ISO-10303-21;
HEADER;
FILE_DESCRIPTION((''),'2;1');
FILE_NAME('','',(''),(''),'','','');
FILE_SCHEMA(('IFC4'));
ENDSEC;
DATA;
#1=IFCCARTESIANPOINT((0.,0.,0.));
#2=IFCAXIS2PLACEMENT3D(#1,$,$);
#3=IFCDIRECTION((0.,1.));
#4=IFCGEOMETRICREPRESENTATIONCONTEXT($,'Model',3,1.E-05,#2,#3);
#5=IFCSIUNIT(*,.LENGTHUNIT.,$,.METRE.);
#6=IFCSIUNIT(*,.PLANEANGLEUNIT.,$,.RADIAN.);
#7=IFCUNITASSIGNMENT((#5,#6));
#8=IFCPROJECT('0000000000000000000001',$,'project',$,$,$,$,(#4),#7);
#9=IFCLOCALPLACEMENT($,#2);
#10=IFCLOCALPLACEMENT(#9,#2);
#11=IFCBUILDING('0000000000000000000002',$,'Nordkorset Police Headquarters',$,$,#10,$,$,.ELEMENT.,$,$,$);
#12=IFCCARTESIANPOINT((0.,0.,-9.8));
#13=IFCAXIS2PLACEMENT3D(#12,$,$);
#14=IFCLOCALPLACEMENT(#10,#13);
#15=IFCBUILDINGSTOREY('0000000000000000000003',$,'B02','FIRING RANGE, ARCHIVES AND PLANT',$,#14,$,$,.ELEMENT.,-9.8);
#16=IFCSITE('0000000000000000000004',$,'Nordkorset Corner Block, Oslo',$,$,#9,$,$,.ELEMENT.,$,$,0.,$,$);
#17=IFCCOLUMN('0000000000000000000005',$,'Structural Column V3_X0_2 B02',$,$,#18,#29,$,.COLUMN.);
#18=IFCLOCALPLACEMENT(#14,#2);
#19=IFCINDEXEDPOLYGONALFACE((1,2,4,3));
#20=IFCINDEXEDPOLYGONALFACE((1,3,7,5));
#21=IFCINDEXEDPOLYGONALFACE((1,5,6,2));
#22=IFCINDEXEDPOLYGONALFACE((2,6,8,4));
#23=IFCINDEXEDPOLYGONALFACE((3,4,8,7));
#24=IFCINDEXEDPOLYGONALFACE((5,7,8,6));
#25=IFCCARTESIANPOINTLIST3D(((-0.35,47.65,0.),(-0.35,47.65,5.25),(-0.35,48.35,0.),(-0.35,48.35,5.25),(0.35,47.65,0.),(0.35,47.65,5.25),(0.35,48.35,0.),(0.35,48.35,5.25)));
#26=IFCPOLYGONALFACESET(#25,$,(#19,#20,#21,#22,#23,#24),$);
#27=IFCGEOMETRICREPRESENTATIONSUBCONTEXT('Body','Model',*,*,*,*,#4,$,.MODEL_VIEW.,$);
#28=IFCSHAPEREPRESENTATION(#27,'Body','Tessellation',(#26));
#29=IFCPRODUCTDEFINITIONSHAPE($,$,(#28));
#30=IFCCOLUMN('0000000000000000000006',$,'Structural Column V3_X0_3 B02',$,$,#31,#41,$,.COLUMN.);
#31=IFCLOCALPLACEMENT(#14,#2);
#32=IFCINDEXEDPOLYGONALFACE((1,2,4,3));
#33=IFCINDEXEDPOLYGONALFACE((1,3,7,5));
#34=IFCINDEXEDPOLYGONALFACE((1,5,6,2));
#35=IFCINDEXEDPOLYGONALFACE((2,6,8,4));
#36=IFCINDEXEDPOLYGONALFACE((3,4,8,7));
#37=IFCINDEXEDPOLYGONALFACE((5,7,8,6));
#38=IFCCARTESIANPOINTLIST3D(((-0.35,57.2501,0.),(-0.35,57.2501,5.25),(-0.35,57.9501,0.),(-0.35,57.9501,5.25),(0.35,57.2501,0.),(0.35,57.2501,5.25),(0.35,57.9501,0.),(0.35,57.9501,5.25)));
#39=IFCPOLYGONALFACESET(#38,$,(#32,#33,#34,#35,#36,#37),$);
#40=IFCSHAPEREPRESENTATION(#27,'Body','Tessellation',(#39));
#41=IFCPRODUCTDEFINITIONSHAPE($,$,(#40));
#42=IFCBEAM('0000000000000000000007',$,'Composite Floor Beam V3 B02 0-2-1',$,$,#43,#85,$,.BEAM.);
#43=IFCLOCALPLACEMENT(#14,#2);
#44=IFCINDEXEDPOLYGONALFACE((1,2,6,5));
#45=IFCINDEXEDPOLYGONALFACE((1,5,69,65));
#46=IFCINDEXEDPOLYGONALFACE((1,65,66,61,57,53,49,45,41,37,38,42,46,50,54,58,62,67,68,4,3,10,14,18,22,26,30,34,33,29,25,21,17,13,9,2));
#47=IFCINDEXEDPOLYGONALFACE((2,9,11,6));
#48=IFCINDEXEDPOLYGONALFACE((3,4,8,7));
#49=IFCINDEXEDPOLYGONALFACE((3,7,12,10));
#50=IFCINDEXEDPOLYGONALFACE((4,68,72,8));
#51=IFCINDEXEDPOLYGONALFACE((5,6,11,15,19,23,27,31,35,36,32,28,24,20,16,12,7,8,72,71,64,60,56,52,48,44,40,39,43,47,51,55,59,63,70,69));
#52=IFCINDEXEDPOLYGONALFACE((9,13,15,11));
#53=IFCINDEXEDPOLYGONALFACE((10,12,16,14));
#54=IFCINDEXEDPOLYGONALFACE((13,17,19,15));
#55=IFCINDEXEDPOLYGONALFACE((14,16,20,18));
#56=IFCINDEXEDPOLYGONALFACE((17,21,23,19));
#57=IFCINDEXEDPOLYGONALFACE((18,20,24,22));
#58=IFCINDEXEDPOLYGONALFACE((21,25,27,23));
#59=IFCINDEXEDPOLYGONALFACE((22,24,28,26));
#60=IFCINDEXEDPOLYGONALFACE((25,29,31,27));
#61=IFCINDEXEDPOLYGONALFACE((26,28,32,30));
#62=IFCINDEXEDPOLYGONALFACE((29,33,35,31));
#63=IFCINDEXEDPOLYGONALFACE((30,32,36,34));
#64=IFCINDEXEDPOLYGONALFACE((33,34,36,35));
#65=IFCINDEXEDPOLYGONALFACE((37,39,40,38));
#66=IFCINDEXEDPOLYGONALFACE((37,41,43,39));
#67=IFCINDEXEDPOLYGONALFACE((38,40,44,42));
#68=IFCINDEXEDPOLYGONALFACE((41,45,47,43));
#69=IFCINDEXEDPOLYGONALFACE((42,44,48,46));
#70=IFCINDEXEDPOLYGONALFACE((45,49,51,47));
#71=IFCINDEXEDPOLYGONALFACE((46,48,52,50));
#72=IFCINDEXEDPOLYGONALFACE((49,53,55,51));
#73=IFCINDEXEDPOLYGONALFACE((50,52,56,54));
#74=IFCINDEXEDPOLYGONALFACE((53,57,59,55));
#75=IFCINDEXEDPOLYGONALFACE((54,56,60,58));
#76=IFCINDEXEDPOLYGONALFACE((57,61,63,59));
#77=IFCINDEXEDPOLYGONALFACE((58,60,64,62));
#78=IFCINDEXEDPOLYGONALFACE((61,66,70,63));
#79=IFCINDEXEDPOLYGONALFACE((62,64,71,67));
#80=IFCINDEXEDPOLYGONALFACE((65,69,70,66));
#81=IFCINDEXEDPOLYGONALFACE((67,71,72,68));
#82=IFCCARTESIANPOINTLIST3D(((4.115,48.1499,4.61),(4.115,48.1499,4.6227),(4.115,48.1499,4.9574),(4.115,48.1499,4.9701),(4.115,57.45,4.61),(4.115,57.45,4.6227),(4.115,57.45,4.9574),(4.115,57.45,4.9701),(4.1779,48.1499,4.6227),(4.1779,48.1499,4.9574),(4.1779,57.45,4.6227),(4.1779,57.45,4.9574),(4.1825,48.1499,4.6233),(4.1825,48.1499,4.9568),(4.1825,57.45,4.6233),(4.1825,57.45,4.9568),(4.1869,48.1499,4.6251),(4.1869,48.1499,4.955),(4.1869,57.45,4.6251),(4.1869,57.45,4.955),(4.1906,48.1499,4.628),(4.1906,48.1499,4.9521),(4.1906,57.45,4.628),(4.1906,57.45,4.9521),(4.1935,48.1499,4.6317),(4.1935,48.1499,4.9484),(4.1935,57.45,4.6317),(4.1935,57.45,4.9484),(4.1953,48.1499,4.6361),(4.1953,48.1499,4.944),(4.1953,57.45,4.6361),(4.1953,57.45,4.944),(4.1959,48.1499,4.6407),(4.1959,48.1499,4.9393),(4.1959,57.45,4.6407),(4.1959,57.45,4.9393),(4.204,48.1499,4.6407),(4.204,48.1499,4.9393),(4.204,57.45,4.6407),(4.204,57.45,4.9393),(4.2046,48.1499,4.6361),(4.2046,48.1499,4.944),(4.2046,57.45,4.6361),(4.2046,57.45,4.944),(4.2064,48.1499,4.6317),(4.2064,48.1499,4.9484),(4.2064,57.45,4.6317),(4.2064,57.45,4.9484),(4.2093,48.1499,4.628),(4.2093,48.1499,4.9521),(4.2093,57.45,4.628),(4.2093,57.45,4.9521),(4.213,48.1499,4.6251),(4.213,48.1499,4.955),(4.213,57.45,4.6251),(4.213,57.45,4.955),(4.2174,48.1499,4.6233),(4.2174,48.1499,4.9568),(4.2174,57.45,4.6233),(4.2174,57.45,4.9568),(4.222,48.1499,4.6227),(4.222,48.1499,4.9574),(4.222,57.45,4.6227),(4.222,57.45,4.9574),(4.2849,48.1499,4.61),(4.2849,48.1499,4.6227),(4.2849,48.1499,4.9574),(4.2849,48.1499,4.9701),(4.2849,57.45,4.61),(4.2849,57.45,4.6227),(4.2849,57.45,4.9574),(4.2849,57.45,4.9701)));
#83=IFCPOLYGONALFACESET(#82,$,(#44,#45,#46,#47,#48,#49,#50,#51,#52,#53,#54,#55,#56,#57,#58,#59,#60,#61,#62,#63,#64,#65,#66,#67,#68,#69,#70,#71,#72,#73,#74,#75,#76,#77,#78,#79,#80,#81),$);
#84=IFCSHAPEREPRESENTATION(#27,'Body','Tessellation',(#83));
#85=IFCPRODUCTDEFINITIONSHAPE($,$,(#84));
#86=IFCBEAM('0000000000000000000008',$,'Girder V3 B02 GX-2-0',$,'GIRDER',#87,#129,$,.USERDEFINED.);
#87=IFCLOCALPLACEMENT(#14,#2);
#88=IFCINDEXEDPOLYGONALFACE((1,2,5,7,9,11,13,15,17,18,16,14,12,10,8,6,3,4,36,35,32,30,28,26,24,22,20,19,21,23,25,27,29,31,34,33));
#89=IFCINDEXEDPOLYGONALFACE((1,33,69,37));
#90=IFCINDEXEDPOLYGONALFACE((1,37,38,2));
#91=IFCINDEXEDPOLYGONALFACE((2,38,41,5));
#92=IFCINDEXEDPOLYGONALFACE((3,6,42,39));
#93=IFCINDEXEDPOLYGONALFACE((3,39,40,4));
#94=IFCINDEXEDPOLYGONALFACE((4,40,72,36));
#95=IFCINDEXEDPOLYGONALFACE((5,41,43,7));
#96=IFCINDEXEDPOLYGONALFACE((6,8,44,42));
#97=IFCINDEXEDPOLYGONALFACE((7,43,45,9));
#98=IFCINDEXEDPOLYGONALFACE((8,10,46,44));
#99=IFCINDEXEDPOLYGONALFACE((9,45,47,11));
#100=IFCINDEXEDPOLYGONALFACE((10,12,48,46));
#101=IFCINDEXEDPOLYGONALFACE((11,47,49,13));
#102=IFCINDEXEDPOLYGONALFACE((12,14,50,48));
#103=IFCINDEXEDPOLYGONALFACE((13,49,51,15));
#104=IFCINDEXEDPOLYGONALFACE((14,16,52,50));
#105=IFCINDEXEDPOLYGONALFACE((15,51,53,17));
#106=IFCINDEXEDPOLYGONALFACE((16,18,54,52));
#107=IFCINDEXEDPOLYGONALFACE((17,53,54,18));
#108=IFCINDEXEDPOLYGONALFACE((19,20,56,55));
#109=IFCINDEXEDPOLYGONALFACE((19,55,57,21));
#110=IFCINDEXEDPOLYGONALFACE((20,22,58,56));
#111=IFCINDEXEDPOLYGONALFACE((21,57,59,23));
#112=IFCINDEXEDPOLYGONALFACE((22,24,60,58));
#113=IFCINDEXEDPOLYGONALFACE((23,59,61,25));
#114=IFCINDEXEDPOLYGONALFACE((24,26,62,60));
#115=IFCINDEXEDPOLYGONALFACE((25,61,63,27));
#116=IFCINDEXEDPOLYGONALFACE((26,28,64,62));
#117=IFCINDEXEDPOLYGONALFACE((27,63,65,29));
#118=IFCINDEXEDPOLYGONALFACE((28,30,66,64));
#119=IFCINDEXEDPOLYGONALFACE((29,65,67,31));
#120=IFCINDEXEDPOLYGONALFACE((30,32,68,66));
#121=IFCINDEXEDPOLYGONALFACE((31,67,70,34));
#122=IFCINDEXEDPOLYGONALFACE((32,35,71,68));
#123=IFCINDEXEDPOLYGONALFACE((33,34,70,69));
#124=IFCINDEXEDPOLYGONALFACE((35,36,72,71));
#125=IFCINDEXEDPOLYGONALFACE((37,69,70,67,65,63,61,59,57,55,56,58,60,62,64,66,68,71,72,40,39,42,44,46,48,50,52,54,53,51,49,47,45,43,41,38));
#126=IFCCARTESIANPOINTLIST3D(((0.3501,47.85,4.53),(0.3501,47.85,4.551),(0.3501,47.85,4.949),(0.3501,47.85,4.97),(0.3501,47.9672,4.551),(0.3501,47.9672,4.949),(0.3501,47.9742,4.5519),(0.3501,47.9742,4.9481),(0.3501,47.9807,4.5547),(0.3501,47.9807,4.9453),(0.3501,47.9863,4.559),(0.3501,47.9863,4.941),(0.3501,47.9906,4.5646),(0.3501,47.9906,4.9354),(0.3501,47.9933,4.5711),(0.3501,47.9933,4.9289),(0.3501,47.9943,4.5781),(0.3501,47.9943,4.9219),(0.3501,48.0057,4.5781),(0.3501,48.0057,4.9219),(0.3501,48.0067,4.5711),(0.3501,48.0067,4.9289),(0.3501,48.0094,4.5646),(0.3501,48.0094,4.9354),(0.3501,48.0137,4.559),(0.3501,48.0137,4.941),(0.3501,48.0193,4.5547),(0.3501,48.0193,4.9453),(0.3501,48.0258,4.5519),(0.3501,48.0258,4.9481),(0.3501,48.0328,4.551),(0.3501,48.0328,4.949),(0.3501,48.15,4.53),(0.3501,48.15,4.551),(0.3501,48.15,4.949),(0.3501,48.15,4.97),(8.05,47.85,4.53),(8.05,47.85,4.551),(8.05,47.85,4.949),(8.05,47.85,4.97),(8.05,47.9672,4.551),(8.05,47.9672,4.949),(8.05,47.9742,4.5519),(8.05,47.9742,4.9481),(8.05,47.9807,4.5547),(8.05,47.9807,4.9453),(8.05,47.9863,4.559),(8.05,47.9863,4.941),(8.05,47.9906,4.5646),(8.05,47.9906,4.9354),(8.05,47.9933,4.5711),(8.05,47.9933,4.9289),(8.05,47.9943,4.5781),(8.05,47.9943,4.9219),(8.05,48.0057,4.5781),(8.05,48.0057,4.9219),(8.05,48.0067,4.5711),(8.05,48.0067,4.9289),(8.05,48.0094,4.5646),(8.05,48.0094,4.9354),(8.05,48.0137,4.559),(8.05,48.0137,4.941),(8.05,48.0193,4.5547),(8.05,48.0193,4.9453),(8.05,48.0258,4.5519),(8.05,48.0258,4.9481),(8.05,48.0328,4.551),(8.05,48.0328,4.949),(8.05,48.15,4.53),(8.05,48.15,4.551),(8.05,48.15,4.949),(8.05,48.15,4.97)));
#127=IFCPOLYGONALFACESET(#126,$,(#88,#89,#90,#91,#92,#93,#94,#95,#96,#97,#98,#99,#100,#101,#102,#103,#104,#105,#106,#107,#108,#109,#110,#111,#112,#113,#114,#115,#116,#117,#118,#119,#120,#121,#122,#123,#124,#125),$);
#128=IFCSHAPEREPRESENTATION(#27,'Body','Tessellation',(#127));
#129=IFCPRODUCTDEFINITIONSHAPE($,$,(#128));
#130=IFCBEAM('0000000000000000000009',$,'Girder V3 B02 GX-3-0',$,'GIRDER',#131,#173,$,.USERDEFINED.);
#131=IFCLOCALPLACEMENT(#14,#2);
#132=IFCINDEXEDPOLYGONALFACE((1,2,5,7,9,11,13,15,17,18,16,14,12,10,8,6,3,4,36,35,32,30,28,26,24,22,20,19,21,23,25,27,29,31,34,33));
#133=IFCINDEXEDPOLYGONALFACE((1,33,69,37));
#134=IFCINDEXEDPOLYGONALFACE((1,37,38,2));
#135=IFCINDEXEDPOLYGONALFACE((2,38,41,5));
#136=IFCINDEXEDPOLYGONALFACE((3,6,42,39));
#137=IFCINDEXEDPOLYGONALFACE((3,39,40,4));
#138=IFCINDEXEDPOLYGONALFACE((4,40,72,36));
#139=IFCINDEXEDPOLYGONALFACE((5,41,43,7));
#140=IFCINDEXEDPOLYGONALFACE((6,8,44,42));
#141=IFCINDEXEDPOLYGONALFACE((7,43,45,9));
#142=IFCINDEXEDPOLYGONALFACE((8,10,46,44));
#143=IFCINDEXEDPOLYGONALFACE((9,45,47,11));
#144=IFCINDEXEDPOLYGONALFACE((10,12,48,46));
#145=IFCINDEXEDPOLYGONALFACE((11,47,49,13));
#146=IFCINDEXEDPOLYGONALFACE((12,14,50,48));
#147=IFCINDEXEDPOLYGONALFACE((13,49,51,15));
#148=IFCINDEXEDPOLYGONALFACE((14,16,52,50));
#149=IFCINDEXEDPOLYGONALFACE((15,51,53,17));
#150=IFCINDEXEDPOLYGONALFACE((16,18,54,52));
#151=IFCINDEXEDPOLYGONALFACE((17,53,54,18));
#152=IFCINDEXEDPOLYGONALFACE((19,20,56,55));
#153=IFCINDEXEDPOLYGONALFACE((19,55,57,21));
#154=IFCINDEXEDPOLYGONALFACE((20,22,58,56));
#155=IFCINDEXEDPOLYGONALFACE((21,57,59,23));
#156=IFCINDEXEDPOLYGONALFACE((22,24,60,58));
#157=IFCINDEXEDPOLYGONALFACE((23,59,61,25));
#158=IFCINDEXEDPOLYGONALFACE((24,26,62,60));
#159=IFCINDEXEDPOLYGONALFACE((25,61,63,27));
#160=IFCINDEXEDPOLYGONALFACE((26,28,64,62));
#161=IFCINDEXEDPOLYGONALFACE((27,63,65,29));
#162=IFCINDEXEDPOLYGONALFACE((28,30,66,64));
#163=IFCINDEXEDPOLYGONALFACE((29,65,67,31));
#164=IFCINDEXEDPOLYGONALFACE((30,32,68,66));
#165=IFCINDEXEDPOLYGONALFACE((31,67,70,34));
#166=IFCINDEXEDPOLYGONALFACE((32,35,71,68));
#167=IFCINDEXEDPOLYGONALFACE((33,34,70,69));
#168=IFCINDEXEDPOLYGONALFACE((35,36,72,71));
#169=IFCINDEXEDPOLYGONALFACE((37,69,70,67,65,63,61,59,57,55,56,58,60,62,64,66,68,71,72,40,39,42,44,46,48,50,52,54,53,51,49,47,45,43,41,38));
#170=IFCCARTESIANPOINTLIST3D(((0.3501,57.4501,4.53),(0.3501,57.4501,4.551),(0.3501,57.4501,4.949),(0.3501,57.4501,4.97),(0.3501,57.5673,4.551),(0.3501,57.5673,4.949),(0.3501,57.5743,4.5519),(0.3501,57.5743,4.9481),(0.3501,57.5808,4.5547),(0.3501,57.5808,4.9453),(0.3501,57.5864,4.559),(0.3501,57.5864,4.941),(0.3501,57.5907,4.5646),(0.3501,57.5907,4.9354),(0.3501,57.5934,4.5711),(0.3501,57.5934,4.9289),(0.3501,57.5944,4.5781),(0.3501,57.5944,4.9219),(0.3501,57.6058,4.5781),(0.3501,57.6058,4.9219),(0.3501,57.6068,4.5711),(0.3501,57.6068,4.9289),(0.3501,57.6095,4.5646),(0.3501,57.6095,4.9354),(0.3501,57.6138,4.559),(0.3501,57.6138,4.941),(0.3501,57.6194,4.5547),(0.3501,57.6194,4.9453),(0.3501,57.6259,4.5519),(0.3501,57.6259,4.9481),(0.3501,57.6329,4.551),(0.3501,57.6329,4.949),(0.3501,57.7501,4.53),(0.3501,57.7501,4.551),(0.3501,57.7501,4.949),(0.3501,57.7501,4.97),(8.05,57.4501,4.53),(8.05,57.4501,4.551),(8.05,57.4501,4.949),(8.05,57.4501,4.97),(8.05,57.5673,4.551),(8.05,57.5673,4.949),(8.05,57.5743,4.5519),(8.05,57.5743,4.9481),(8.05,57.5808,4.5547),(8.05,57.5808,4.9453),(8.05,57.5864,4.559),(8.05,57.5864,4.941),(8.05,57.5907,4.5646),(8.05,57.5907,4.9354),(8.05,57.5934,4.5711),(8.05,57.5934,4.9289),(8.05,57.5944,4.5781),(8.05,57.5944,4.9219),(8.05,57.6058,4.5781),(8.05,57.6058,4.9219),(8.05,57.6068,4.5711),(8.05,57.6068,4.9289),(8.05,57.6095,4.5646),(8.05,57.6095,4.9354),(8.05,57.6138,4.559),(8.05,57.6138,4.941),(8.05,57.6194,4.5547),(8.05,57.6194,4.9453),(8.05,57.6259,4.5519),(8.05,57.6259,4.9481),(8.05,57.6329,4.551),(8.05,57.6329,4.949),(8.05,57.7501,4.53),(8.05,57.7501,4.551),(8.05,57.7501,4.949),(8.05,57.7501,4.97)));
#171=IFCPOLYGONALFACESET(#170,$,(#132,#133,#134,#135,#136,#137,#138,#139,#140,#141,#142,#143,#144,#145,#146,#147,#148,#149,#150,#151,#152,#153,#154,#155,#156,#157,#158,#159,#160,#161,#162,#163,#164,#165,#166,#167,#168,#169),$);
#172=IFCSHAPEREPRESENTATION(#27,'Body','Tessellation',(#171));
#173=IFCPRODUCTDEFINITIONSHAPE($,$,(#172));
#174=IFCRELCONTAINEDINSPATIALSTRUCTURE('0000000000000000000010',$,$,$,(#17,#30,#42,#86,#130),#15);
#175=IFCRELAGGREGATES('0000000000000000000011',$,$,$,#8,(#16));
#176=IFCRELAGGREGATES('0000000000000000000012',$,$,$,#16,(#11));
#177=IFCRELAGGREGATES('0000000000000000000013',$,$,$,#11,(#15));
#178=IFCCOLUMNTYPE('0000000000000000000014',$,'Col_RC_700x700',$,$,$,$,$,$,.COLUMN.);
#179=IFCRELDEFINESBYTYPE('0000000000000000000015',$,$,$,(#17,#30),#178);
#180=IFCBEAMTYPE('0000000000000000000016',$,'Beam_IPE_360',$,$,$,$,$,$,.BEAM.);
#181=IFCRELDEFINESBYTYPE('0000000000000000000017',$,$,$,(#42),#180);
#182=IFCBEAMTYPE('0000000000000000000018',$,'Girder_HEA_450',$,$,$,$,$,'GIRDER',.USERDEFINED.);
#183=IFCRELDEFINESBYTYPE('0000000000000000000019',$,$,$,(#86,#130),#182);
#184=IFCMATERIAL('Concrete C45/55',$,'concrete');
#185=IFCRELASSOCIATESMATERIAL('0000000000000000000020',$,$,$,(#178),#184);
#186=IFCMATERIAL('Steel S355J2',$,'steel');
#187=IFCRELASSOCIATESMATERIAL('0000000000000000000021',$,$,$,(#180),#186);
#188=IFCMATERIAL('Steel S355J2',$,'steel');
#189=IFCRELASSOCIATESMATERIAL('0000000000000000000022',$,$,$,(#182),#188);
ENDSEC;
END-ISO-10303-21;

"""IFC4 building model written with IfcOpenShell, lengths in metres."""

from ifc_helpers import new_model, si_unit, direction, frame, origin, origin_2d, place, context, subcontext, project, spatial, rectangle, i_section, extrude, material, material_profile, profile_set, type_object, element, save


model = new_model("IFC4")

# Units and contexts
model_context = context("Model", 3, precision=1e-05, world=origin(), true_north=direction((0.0, 1.0)))
body_context = subcontext(model_context, "Body", "Model", "MODEL_VIEW")
ifc_project = project(units=[si_unit("LENGTHUNIT", "METRE"), si_unit("PLANEANGLEUNIT", "RADIAN")], contexts=[model_context])

# Site, building, storey
site_placement = place(None, origin())
site = spatial("IfcSite", under=ifc_project, at=site_placement, Name="Nordkorset Corner Block, Oslo", CompositionType="ELEMENT", RefElevation=0.0)
building_placement = place(site_placement, origin())
building = spatial("IfcBuilding", under=site, at=building_placement, Name="Nordkorset Police Headquarters", CompositionType="ELEMENT")
storey_placement = place(building_placement, frame((0.0, 0.0, -9.8)))
storey = spatial("IfcBuildingStorey", under=building, at=storey_placement, Name="B02", Description="FIRING RANGE, ARCHIVES AND PLANT", CompositionType="ELEMENT", Elevation=-9.8)

# Columns
ifc_material_1 = material(Name="Concrete C45/55", Category="concrete")
ifc_material_profile_1 = material_profile(ifc_material_1, rectangle(XDim=0.7, YDim=0.7, at=origin_2d()), Name="RC 700x700")
ifc_profile_set_1 = profile_set([ifc_material_profile_1], Name="Concrete C45/55")
column_type = type_object("IfcColumnType", Name="Col_RC_700x700", PredefinedType="COLUMN", material=ifc_profile_set_1)
for number, where, z_axis, x_axis, name in (
    (1, (0.0, 48.0, 0.0), (0.0, 0.0, 1.0), (1.0, 0.0, 0.0), "Structural Column V3_X0_2 B02"),
    (2, (0.0, 57.6001, 0.0), (0.0, 0.0, 1.0), (1.0, 0.0, 0.0), "Structural Column V3_X0_3 B02"),
):
    element("IfcColumn", number, at=place(storey_placement, frame(where, z_axis=z_axis, x_axis=x_axis)), inside=storey, type_object=column_type, Name=name, PredefinedType="COLUMN", context=body_context, shape_type="SweptSolid", body=[
        extrude(rectangle(XDim=0.7, YDim=0.7, at=origin_2d()), origin(), (0.0, 0.0, 1.0), 5.25),
    ])

# Beams
ifc_material_2 = material(Name="Steel S355J2", Category="steel")
ifc_material_profile_2 = material_profile(ifc_material_2, i_section(OverallWidth=0.1699, OverallDepth=0.3601, WebThickness=0.0081, FlangeThickness=0.0127, FilletRadius=0.0181, at=origin_2d()), Name="IPE 360")
ifc_profile_set_2 = profile_set([ifc_material_profile_2], Name="Steel S355J2")
beam_type_1 = type_object("IfcBeamType", Name="Beam_IPE_360", PredefinedType="BEAM", material=ifc_profile_set_2)
beam_1_placement = place(storey_placement, frame((4.2, 48.1499, 4.79), z_axis=(0.0, 1.0, 0.0), x_axis=(-1.0, 0.0, 0.0)))
element("IfcBeam", 3, at=beam_1_placement, inside=storey, type_object=beam_type_1, Name="Composite Floor Beam V3 B02 0-2-1", PredefinedType="BEAM", context=body_context, shape_type="SweptSolid", body=[
    extrude(i_section(OverallWidth=0.1699, OverallDepth=0.3601, WebThickness=0.0081, FlangeThickness=0.0127, FilletRadius=0.0181, at=origin_2d()), origin(), (0.0, 0.0, 1.0), 9.3),
])
ifc_material_3 = material(Name="Steel S355J2", Category="steel")
ifc_material_profile_3 = material_profile(ifc_material_3, i_section(OverallWidth=0.3, OverallDepth=0.4399, WebThickness=0.0115, FlangeThickness=0.021, FilletRadius=0.0271, at=origin_2d()), Name="HEA 450")
ifc_profile_set_3 = profile_set([ifc_material_profile_3], Name="Steel S355J2")
beam_type_2 = type_object("IfcBeamType", Name="Girder_HEA_450", ElementType="GIRDER", PredefinedType="USERDEFINED", material=ifc_profile_set_3)
for number, where, z_axis, x_axis, name in (
    (4, (0.3501, 48.0, 4.75), (1.0, 0.0, 0.0), (0.0, 1.0, 0.0), "Girder V3 B02 GX-2-0"),
    (5, (0.3501, 57.6001, 4.75), (1.0, 0.0, 0.0), (0.0, 1.0, 0.0), "Girder V3 B02 GX-3-0"),
):
    element("IfcBeam", number, at=place(storey_placement, frame(where, z_axis=z_axis, x_axis=x_axis)), inside=storey, type_object=beam_type_2, Name=name, ObjectType="GIRDER", PredefinedType="USERDEFINED", context=body_context, shape_type="SweptSolid", body=[
        extrude(i_section(OverallWidth=0.3, OverallDepth=0.4399, WebThickness=0.0115, FlangeThickness=0.021, FilletRadius=0.0271, at=origin_2d()), origin(), (0.0, 0.0, 1.0), 7.7),
    ])

save(model, "model.ifc")
